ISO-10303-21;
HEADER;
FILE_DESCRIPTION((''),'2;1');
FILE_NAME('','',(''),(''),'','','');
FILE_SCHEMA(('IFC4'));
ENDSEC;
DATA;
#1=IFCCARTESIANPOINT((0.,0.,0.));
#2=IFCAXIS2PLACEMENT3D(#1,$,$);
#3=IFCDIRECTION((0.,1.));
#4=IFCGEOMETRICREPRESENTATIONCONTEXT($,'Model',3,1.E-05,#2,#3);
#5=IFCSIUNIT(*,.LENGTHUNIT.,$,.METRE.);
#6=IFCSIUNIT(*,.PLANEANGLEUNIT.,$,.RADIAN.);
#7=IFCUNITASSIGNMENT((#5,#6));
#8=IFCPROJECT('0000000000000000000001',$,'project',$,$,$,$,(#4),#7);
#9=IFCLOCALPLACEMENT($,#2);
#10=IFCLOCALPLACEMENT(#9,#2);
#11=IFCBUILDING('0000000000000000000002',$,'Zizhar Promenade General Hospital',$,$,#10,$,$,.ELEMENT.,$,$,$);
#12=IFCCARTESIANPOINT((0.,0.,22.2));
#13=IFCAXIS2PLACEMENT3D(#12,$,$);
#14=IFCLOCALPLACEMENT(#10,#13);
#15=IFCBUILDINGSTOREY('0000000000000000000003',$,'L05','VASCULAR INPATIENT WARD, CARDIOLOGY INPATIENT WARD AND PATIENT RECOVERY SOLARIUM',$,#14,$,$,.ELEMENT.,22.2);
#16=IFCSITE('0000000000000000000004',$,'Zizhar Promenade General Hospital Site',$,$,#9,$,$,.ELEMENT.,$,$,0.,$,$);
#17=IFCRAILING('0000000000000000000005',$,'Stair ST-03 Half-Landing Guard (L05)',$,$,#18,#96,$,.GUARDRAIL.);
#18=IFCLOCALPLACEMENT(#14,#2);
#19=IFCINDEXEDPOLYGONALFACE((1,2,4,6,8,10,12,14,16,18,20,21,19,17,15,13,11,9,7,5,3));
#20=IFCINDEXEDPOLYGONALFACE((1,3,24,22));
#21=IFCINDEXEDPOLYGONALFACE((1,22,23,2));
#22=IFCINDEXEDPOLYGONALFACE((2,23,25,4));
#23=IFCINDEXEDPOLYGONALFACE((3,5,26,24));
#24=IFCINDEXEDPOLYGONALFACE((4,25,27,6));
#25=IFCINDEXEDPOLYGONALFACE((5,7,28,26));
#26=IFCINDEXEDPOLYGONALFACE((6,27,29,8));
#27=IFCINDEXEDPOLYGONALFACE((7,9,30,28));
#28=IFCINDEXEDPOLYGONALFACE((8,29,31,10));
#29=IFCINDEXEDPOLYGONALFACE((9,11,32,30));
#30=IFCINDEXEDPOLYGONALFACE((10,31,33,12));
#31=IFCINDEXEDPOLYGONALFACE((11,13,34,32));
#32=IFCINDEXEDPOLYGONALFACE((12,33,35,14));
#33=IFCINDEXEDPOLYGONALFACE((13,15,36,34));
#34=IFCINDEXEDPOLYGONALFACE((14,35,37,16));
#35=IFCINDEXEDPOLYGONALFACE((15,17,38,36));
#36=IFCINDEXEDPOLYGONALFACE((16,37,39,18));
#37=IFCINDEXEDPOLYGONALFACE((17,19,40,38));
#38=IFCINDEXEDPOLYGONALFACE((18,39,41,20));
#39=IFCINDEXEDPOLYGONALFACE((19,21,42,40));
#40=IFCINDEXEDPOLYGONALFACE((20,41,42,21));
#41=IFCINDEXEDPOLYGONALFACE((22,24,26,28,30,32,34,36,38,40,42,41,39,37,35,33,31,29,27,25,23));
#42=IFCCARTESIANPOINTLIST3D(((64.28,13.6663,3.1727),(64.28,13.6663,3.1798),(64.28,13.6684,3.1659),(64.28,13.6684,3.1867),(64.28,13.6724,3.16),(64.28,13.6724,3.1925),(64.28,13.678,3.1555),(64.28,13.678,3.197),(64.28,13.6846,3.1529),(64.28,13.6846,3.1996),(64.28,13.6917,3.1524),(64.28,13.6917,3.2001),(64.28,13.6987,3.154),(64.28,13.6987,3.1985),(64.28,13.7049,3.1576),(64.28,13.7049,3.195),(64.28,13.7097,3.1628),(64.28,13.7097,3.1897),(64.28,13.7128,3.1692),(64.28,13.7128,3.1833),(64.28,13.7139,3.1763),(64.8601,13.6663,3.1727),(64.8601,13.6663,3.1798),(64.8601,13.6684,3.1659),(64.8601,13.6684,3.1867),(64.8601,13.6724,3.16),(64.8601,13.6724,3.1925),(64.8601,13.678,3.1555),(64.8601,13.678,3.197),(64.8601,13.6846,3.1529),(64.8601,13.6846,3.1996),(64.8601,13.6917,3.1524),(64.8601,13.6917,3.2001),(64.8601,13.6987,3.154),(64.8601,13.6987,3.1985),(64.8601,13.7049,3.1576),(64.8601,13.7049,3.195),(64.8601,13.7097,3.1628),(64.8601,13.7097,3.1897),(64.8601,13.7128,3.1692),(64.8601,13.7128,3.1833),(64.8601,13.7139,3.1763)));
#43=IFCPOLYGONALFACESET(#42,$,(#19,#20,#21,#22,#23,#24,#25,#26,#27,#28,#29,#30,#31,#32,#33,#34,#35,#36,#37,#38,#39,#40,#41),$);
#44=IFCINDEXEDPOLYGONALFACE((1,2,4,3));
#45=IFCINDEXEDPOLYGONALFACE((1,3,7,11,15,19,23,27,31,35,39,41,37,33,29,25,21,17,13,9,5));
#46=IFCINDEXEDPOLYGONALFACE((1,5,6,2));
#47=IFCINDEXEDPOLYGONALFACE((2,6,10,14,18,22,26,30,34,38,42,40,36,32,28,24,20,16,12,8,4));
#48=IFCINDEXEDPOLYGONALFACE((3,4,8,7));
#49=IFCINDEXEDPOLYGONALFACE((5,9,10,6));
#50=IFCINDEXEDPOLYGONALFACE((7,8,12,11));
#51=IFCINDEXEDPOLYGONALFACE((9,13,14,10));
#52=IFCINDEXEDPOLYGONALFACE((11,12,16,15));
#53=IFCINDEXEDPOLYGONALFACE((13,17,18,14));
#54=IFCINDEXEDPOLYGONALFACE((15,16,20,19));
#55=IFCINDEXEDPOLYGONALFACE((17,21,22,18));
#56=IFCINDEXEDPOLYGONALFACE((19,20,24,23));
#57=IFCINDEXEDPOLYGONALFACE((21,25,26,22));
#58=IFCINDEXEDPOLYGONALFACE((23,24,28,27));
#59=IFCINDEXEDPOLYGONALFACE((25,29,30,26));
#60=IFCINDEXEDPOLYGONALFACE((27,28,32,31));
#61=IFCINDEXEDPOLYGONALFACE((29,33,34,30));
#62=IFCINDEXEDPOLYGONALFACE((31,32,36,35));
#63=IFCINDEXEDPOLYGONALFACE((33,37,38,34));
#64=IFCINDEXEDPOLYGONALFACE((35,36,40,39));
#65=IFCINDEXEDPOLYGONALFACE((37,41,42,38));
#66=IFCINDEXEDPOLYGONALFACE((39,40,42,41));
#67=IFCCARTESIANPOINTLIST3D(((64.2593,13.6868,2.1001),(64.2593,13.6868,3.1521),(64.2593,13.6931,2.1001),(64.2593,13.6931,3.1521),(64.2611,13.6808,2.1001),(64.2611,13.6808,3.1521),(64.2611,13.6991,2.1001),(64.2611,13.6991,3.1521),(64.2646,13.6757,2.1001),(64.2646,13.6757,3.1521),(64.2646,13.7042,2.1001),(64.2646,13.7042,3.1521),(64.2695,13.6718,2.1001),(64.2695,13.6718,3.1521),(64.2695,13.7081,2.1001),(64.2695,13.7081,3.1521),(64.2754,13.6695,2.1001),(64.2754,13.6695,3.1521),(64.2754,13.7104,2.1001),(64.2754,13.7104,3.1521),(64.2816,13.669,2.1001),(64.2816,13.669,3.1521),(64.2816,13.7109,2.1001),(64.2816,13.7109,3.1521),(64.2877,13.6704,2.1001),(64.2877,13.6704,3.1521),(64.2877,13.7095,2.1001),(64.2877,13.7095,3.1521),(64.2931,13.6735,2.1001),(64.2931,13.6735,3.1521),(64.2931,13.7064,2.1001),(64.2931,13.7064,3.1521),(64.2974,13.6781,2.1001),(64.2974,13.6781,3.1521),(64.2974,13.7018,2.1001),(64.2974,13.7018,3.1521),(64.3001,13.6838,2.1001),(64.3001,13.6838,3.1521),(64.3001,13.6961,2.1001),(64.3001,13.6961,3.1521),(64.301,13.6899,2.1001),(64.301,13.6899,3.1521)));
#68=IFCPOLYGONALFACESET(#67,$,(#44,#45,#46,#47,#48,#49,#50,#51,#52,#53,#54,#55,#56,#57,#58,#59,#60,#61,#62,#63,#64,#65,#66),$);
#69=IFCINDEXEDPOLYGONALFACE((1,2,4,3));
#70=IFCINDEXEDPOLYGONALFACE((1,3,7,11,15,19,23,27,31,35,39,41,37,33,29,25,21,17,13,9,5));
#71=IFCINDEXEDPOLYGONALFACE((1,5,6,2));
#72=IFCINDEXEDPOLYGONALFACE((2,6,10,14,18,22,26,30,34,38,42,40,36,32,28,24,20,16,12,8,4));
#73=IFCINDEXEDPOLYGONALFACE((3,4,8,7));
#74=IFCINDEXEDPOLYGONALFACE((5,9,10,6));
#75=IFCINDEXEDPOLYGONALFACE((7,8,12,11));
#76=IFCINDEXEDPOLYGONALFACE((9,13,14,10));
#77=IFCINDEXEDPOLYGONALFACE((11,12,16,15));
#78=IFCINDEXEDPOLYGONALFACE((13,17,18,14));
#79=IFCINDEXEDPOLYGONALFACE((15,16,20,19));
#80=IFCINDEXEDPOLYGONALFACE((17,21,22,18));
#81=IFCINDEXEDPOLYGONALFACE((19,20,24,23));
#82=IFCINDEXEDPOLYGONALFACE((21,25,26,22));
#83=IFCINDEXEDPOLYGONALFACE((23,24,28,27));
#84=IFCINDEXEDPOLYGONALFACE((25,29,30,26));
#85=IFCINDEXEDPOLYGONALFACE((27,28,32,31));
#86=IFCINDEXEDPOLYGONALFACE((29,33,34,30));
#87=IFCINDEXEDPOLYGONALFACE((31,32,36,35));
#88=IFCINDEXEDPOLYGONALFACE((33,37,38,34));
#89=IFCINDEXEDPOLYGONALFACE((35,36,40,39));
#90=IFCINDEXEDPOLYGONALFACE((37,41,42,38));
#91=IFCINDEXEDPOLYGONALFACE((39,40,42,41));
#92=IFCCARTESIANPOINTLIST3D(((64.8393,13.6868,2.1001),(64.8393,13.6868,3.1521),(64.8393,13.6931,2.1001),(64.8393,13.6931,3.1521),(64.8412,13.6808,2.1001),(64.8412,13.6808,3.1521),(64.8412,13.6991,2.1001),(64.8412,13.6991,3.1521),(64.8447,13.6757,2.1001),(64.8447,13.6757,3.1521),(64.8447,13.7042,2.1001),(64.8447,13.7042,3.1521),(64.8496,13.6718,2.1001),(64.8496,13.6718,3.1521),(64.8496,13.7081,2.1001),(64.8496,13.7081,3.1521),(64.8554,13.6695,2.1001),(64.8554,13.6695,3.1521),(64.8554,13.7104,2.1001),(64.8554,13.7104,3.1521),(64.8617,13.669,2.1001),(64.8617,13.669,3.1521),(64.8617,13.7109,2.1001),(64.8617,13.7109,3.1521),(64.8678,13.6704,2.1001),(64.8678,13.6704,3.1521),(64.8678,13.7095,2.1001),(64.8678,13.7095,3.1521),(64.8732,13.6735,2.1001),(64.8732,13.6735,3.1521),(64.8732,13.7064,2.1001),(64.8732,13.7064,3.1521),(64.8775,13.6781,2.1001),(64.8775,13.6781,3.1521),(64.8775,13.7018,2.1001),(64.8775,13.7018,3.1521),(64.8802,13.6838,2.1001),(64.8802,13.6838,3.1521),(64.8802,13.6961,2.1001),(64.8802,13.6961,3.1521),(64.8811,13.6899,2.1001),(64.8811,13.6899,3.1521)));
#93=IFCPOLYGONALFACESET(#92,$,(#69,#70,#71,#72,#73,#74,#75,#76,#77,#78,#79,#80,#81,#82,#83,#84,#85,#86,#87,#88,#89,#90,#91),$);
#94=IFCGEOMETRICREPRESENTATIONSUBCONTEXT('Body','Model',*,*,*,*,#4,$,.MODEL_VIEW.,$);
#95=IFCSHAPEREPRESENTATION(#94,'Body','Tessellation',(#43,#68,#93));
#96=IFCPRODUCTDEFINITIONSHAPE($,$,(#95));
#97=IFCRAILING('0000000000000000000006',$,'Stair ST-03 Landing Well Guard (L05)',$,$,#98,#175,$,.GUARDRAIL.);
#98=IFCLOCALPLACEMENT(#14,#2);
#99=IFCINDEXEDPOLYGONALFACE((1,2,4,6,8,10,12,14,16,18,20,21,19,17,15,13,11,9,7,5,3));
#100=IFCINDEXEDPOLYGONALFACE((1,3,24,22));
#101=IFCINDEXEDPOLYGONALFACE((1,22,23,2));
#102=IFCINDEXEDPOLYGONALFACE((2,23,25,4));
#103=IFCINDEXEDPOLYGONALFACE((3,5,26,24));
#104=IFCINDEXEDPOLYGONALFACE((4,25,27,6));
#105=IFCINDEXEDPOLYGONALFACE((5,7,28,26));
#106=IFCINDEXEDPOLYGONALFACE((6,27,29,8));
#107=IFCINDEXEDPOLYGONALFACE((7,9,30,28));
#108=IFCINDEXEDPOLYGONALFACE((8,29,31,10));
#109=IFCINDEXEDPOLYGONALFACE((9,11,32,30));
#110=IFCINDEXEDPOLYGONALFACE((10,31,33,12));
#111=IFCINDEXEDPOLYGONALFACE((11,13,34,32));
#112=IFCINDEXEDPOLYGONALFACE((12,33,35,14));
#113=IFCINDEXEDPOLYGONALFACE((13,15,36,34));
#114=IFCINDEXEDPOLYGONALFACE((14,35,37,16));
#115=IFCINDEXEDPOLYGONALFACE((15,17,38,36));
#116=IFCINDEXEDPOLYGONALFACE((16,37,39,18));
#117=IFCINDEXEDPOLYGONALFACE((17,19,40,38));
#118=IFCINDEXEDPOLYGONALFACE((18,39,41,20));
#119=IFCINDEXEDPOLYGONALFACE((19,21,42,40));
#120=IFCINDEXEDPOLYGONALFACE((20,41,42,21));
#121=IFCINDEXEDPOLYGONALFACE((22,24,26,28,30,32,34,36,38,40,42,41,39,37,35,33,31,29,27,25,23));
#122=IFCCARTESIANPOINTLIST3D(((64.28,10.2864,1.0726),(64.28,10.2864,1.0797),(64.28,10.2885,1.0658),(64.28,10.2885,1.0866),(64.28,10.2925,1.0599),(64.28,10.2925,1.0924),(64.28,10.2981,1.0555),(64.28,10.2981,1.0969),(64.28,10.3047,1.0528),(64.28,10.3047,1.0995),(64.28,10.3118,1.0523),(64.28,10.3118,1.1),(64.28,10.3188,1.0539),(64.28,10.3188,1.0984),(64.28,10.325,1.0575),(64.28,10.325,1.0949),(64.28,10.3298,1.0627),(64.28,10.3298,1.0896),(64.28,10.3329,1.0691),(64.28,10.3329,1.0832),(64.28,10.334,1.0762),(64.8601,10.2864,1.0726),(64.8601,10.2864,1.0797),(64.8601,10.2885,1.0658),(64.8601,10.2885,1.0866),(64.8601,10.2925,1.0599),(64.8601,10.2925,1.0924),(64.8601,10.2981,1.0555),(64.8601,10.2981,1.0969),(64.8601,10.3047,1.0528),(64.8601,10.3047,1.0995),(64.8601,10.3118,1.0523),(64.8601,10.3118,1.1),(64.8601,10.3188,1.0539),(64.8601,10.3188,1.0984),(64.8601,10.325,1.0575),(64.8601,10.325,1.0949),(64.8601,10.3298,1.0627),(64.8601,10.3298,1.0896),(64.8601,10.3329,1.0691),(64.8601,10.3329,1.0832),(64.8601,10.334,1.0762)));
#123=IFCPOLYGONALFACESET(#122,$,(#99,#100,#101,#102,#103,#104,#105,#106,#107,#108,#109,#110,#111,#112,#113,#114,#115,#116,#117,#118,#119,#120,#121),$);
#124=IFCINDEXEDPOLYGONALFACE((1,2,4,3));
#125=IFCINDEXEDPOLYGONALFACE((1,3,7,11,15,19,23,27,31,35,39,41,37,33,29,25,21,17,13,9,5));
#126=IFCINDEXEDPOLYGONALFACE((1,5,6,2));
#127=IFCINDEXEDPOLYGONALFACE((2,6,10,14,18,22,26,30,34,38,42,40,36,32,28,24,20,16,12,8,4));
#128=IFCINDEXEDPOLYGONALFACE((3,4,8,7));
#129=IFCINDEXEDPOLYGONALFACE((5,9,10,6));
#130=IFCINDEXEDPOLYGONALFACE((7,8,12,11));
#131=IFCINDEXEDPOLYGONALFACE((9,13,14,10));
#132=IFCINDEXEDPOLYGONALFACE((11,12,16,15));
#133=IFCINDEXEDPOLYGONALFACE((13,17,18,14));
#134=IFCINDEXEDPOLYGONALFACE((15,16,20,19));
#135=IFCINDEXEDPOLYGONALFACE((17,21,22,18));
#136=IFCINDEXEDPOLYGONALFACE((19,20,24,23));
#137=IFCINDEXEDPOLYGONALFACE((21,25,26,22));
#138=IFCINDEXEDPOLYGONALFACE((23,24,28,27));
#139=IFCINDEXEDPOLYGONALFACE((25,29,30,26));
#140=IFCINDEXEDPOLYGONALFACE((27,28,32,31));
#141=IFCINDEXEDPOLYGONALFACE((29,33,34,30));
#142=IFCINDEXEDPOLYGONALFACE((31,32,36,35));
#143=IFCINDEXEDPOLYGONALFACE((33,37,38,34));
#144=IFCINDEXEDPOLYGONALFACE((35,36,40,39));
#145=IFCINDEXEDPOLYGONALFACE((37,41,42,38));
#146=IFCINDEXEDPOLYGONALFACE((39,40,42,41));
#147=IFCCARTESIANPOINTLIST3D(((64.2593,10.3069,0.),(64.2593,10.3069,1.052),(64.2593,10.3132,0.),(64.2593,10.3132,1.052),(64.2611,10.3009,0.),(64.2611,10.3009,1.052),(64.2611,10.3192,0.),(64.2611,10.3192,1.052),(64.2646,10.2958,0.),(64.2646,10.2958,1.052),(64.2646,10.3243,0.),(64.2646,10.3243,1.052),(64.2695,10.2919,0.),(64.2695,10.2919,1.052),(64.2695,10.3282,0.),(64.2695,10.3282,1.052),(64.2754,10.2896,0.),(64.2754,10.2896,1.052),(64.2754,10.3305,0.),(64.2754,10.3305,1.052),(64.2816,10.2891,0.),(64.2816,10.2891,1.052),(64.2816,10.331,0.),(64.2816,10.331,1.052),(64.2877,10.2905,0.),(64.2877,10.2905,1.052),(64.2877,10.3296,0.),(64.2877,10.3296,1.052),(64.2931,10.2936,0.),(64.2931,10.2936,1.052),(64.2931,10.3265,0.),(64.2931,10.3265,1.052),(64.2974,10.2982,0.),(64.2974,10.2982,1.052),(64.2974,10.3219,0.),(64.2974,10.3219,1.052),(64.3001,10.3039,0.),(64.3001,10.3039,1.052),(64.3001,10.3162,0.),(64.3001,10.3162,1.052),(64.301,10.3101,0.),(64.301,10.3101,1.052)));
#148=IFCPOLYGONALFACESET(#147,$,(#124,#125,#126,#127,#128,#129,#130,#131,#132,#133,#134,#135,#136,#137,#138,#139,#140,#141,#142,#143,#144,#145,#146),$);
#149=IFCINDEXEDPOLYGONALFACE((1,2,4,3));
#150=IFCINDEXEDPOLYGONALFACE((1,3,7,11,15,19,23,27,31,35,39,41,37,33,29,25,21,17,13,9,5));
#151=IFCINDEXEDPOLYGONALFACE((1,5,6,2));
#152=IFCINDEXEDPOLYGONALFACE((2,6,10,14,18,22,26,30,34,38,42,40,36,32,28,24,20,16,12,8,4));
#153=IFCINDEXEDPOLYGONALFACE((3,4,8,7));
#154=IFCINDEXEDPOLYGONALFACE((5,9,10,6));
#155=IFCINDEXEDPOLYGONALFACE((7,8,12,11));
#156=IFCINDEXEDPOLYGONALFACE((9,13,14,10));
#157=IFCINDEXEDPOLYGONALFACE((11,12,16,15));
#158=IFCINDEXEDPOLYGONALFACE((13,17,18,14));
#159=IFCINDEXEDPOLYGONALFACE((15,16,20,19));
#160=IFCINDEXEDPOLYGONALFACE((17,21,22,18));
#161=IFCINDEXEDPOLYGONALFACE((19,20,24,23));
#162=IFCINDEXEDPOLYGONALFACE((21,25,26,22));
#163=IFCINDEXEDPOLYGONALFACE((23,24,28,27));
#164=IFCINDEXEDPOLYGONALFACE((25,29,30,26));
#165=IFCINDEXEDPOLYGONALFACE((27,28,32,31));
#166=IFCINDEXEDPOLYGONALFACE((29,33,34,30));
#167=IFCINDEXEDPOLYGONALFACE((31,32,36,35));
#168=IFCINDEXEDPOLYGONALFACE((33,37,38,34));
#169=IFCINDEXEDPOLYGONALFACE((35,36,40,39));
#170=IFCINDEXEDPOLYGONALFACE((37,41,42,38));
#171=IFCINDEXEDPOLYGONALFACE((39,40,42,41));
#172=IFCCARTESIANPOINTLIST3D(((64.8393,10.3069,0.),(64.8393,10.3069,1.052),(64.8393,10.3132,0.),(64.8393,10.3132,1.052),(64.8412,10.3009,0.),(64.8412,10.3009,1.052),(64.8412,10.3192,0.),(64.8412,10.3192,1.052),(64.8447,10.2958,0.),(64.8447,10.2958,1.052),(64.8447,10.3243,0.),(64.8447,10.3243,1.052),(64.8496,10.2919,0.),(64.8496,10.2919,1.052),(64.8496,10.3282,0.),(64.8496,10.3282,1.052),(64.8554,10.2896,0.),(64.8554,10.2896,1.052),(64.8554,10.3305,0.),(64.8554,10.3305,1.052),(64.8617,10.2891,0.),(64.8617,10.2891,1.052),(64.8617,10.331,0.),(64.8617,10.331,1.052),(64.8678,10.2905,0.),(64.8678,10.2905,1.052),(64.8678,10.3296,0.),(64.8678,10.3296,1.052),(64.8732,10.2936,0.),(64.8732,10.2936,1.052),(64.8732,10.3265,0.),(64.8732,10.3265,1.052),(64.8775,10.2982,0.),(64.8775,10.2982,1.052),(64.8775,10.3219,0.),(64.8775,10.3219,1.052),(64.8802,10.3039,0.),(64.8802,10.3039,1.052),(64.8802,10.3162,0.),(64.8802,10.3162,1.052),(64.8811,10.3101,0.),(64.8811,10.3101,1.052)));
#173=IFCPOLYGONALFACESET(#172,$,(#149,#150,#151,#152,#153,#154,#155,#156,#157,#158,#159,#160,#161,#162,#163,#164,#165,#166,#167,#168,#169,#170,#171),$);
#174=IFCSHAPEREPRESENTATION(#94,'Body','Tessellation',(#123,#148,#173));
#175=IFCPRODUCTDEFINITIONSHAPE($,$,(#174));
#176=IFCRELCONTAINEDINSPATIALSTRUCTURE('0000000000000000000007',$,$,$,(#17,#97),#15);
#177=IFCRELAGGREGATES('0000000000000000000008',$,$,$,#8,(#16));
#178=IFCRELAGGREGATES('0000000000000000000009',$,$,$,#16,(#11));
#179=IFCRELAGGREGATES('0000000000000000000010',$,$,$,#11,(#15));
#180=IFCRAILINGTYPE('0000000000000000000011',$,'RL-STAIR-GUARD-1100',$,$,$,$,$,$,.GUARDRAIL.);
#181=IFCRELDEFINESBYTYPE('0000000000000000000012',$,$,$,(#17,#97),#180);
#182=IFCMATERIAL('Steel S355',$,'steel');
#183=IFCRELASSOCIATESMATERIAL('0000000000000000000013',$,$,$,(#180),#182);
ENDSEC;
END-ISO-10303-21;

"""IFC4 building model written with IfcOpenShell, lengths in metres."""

from ifc_helpers import new_model, si_unit, direction, frame, origin, origin_2d, place, context, subcontext, project, spatial, circle, hollow_circle, extrude, material, material_profile, profile_set, type_object, element, save


model = new_model("IFC4")

# Units and contexts
model_context = context("Model", 3, precision=1e-05, world=origin(), true_north=direction((0.0, 1.0)))
body_context = subcontext(model_context, "Body", "Model", "MODEL_VIEW")
ifc_project = project(units=[si_unit("LENGTHUNIT", "METRE"), si_unit("PLANEANGLEUNIT", "RADIAN")], contexts=[model_context])

# Site, building, storey
site_placement = place(None, origin())
site = spatial("IfcSite", under=ifc_project, at=site_placement, Name="Zizhar Promenade General Hospital Site", CompositionType="ELEMENT", RefElevation=0.0)
building_placement = place(site_placement, origin())
building = spatial("IfcBuilding", under=site, at=building_placement, Name="Zizhar Promenade General Hospital", CompositionType="ELEMENT")
storey_placement = place(building_placement, frame((0.0, 0.0, 22.2)))
storey = spatial("IfcBuildingStorey", under=building, at=storey_placement, Name="L05", Description="VASCULAR INPATIENT WARD, CARDIOLOGY INPATIENT WARD AND PATIENT RECOVERY SOLARIUM", CompositionType="ELEMENT", Elevation=22.2)

# Railings
ifc_material_1 = material(Name="Steel S355", Category="steel")
ifc_material_profile_1 = material_profile(ifc_material_1, hollow_circle(Radius=0.0698, WallThickness=0.0063, at=origin_2d()))
ifc_profile_set_1 = profile_set([ifc_material_profile_1], Name="Steel S355")
railing_type_1 = type_object("IfcRailingType", Name="RL-STAIR-GUARD-1100", PredefinedType="GUARDRAIL", material=ifc_profile_set_1)
for number, where, name in (
    (1, (64.28, 13.6899, 2.1001), "Stair ST-03 Half-Landing Guard (L05)"),
    (2, (64.28, 10.3101, 0.0), "Stair ST-03 Landing Well Guard (L05)"),
):
    element("IfcRailing", number, at=place(storey_placement, frame(where)), inside=storey, type_object=railing_type_1, Name=name, PredefinedType="GUARDRAIL", context=body_context, shape_type="SweptSolid", body=[
        extrude(circle(Radius=0.0239, at=origin_2d()), frame((0.0, 0.0, 1.0762), z_axis=(1.0, 0.0, 0.0), x_axis=(0.0, 1.0, 0.0)), (0.0, 0.0, 1.0), 0.5801),
        extrude(circle(Radius=0.021, at=origin_2d()), origin(), (0.0, 0.0, 1.0), 1.052),
        extrude(circle(Radius=0.021, at=origin_2d()), frame((0.5801, 0.0, 0.0)), (0.0, 0.0, 1.0), 1.052),
    ])

save(model, "model.ifc")
